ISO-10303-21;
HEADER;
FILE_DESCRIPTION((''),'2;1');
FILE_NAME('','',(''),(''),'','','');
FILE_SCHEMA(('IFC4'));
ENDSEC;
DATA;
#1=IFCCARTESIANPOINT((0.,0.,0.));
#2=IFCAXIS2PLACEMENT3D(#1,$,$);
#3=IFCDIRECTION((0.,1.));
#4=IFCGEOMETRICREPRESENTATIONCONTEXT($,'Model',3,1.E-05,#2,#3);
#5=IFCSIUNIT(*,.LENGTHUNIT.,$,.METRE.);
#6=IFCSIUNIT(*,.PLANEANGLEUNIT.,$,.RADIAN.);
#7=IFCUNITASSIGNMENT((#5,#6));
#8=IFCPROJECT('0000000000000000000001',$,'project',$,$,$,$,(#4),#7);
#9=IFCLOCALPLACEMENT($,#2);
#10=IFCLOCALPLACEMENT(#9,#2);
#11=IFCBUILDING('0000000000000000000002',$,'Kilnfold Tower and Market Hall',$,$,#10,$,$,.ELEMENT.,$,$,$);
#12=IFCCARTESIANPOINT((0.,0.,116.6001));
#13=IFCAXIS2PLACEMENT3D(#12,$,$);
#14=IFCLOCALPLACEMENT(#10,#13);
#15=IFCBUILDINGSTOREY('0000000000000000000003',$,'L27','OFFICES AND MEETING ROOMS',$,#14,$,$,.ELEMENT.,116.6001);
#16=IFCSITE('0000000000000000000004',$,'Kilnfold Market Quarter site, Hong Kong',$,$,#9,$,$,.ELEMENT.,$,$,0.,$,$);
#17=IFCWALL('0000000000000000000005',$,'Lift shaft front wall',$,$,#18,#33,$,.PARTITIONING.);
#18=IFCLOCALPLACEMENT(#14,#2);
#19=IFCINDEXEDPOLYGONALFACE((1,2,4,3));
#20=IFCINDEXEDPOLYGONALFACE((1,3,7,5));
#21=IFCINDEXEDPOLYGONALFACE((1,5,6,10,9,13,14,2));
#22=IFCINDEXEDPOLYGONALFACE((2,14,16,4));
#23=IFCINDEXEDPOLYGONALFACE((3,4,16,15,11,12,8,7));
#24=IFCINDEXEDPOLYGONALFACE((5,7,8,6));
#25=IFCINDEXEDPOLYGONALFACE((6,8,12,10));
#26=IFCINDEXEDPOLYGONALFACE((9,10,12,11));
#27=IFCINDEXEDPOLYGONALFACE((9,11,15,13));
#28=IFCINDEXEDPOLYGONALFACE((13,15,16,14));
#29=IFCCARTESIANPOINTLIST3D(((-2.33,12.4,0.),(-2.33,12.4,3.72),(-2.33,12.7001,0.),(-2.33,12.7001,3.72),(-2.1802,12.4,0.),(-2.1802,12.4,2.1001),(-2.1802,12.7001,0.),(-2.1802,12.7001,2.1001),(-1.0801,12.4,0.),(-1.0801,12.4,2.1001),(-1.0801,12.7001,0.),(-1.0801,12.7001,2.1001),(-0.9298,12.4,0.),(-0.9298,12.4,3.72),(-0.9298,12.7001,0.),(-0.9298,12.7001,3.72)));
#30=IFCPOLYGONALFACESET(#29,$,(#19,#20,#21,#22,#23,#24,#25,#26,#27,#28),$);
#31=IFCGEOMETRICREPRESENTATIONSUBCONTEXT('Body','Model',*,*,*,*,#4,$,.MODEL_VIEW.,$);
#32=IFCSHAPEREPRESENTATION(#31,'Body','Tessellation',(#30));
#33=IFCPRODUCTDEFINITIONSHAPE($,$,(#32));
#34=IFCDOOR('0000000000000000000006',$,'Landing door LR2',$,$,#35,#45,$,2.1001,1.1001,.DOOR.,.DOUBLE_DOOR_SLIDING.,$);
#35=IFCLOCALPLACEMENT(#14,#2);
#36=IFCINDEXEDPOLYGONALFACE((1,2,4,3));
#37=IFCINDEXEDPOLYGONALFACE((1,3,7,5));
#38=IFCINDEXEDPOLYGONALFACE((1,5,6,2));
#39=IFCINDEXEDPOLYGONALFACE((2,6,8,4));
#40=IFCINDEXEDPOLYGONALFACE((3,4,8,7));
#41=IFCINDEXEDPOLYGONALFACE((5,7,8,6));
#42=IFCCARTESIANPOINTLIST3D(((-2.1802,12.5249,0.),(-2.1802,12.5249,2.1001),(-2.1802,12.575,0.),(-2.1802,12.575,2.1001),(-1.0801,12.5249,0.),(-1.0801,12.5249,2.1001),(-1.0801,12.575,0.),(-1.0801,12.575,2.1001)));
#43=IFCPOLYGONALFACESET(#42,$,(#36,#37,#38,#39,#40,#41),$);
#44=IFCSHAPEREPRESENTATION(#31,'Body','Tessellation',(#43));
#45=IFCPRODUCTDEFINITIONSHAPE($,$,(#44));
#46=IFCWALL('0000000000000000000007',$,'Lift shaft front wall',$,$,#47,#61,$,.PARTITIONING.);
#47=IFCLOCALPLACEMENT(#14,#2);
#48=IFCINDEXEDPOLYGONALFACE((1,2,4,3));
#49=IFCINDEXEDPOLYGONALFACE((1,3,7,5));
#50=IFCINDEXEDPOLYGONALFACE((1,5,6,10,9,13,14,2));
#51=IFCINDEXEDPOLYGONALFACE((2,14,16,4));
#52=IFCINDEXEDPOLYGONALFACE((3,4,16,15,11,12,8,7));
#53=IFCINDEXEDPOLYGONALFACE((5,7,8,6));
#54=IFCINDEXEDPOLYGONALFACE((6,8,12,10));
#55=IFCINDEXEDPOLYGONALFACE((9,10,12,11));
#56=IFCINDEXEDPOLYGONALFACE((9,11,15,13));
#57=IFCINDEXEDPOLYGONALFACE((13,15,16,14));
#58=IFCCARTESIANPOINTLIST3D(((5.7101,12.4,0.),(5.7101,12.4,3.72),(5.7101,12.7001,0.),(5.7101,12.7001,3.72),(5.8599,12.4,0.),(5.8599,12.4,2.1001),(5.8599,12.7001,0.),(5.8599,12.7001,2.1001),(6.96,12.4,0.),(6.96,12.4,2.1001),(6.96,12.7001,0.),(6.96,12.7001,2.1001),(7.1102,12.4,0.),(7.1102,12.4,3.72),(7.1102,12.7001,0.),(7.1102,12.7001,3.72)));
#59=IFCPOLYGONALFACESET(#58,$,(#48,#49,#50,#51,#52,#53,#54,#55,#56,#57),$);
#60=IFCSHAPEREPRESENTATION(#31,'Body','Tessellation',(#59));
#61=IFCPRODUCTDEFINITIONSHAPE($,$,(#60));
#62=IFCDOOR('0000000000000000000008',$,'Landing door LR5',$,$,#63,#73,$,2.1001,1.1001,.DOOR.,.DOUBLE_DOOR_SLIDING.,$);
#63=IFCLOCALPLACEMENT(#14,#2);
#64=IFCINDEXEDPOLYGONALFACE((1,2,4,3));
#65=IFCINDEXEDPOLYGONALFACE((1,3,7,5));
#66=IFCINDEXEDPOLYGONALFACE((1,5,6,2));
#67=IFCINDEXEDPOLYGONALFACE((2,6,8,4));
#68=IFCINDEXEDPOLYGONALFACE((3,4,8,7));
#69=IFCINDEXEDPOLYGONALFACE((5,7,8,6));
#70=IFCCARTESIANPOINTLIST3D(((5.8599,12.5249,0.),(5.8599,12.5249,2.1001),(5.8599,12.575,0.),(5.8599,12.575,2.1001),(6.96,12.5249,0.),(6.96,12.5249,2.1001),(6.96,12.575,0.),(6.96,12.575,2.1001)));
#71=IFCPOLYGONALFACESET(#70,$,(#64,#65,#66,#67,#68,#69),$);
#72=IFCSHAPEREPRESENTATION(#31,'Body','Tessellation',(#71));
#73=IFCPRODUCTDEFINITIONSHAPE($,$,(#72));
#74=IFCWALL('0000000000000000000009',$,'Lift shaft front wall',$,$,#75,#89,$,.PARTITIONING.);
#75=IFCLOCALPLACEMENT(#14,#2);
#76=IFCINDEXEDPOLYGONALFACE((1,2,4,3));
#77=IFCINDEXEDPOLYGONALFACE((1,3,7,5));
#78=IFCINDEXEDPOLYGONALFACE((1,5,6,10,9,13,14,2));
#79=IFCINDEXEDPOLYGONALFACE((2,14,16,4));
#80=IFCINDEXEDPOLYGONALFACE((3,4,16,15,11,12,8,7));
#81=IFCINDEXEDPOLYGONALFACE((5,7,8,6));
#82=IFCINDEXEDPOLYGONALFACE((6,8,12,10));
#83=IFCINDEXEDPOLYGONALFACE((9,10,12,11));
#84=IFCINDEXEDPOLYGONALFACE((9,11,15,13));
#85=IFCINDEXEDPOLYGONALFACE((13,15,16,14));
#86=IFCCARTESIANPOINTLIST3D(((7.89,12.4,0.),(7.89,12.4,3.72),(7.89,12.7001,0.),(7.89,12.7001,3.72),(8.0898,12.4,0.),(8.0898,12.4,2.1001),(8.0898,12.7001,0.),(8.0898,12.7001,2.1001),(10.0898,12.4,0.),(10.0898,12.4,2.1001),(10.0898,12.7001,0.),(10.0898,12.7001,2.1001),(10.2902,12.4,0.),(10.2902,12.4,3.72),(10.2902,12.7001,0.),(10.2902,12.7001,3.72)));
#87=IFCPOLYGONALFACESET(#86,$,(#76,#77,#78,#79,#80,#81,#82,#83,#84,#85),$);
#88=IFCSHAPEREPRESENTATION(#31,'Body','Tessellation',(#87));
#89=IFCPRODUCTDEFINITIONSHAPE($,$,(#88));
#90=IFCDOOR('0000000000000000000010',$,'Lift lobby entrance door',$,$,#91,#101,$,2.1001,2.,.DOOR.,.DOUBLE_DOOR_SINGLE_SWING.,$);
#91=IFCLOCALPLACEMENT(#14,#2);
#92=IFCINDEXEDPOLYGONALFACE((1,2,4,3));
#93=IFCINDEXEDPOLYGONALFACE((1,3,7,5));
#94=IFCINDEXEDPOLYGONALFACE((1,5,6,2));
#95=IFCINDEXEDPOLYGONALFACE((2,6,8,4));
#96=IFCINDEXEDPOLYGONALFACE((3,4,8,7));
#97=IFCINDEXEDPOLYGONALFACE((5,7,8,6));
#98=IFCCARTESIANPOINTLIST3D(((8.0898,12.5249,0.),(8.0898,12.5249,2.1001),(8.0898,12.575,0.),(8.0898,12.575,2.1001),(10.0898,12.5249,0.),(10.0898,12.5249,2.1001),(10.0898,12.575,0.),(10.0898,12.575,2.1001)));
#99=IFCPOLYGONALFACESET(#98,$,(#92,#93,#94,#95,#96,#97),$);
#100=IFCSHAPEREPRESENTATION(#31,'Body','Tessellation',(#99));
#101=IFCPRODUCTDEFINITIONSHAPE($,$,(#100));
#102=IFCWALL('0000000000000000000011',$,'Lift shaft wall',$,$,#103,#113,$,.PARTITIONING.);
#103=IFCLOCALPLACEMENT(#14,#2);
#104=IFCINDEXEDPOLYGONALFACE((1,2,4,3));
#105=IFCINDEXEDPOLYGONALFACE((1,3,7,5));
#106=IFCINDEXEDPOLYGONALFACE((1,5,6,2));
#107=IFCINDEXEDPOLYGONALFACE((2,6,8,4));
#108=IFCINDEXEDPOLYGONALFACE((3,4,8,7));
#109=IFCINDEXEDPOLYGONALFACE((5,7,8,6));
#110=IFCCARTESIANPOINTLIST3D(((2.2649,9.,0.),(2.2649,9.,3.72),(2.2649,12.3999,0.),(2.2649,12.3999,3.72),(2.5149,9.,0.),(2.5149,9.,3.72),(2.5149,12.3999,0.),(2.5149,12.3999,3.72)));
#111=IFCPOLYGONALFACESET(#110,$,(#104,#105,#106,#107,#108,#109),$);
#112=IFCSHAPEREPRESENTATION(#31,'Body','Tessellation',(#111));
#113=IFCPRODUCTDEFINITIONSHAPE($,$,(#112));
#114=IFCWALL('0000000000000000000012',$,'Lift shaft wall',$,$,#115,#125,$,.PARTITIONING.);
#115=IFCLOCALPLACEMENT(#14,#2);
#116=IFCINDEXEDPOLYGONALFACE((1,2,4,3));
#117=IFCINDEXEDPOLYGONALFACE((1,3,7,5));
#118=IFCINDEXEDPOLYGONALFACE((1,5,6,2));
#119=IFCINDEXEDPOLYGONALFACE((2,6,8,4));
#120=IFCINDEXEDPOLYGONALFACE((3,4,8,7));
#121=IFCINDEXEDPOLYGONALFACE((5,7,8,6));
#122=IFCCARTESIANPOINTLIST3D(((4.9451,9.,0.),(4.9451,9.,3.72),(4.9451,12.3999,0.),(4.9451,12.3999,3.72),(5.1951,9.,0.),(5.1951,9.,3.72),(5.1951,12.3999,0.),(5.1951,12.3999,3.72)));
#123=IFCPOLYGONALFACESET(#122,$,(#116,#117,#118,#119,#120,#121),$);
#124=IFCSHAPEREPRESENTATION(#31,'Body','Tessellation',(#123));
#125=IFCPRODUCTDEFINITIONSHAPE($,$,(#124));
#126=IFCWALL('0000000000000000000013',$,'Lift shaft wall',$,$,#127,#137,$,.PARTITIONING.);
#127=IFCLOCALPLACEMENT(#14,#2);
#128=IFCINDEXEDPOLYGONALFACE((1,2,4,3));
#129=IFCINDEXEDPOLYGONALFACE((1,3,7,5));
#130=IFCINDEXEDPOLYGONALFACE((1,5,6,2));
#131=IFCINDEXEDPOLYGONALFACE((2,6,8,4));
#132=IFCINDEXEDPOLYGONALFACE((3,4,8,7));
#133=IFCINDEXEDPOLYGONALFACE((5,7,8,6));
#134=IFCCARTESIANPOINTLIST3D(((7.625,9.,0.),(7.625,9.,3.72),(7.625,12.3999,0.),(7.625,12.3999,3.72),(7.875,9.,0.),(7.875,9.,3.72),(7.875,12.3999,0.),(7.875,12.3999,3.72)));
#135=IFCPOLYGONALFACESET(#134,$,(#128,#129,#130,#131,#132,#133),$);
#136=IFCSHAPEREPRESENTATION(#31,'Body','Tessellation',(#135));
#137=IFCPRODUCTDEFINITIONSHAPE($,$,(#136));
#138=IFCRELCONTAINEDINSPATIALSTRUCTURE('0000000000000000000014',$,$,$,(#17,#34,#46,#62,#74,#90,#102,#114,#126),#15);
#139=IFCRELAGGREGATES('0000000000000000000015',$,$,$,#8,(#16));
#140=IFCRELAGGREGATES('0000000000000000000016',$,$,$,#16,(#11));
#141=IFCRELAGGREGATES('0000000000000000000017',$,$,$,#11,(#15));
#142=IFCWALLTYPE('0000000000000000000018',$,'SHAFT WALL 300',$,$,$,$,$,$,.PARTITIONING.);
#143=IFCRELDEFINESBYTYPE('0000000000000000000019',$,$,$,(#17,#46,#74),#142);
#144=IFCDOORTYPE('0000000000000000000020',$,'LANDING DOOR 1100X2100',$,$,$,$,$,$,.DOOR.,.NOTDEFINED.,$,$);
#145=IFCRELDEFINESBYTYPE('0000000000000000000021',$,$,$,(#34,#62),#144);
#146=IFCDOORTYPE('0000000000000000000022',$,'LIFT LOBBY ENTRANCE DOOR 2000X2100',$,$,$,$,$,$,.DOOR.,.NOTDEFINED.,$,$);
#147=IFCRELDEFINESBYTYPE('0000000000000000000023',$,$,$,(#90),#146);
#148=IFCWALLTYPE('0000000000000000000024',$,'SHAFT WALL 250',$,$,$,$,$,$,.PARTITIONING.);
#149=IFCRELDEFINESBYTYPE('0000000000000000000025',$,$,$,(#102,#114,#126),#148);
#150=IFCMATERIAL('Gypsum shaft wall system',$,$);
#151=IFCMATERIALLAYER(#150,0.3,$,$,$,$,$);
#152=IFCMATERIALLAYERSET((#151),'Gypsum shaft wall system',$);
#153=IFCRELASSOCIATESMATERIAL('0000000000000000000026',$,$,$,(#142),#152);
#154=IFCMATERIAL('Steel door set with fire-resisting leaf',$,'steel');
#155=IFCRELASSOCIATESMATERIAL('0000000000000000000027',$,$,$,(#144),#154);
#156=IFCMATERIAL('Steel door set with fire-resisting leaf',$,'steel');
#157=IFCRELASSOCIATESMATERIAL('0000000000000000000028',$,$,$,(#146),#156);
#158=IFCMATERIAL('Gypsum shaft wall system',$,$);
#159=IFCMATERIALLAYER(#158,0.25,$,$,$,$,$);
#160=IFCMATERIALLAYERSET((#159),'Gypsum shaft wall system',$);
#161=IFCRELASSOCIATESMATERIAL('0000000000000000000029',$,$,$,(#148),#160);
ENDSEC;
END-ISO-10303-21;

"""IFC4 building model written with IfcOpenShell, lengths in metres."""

from ifc_helpers import new_model, si_unit, direction, frame, frame_2d, origin, place, context, subcontext, project, spatial, rectangle, extrude, source, transform, mapped, material, layer, layer_set, type_object, element, fill, save


model = new_model("IFC4")

# Units and contexts
model_context = context("Model", 3, precision=1e-05, world=origin(), true_north=direction((0.0, 1.0)))
body_context = subcontext(model_context, "Body", "Model", "MODEL_VIEW")
ifc_project = project(units=[si_unit("LENGTHUNIT", "METRE"), si_unit("PLANEANGLEUNIT", "RADIAN")], contexts=[model_context])

# Site, building, storey
site_placement = place(None, origin())
site = spatial("IfcSite", under=ifc_project, at=site_placement, Name="Kilnfold Market Quarter site, Hong Kong", CompositionType="ELEMENT", RefElevation=0.0)
building_placement = place(site_placement, origin())
building = spatial("IfcBuilding", under=site, at=building_placement, Name="Kilnfold Tower and Market Hall", CompositionType="ELEMENT")
storey_placement = place(building_placement, frame((0.0, 0.0, 116.6001)))
storey = spatial("IfcBuildingStorey", under=building, at=storey_placement, Name="L27", Description="OFFICES AND MEETING ROOMS", CompositionType="ELEMENT", Elevation=116.6001)

# Shared definitions
ifc_material_1 = material(Name="Gypsum shaft wall system")
ifc_layer_1 = layer(ifc_material_1, 0.3)
ifc_layer_set_1 = layer_set([ifc_layer_1], Name="Gypsum shaft wall system")
wall_type_1 = type_object("IfcWallType", Name="SHAFT WALL 300", PredefinedType="PARTITIONING", material=ifc_layer_set_1)
ifc_material_2 = material(Name="Steel door set with fire-resisting leaf", Category="steel")
door_type_1 = type_object("IfcDoorType", Name="LANDING DOOR 1100X2100", OperationType="NOTDEFINED", PredefinedType="DOOR", material=ifc_material_2)

# Walls, openings, doors
shared_shape_1 = source(origin(), body_context, "Body", "SweptSolid", [
    extrude(rectangle(XDim=1.4001, YDim=0.3, at=frame_2d((0.7002, 0.0))), origin(), (0.0, 0.0, 1.0), 3.72),
])
wall_1_placement = place(storey_placement, frame((-2.3301, 12.55, 0.0), z_axis=(0.0, 0.0, 1.0), x_axis=(1.0, 0.0, 0.0)))
wall_1 = element("IfcWall", 1, at=wall_1_placement, inside=storey, type_object=wall_type_1, Name="Lift shaft front wall", PredefinedType="PARTITIONING", context=body_context, shape_type="MappedRepresentation", body=[
    mapped(shared_shape_1, transform((0.0, 0.0, 0.0))),
])
opening_1_placement = place(wall_1_placement, frame((0.1499, 0.0, 0.0)))
opening_1 = element("IfcOpeningElement", 2, at=opening_1_placement, cuts=wall_1, PredefinedType="OPENING", context=body_context, shape_type="SweptSolid", body=[
    extrude(rectangle(XDim=1.1001, YDim=2.1001, at=frame_2d((0.55, 1.05))), frame((0.0, 0.1602, 0.0), z_axis=(0.0, -1.0, 0.0), x_axis=(1.0, 0.0, 0.0)), (0.0, 0.0, 1.0), 0.3201),
])
door_1_placement = place(opening_1_placement, origin())
door_1 = element("IfcDoor", 3, at=door_1_placement, inside=storey, type_object=door_type_1, Name="Landing door LR2", OperationType="DOUBLE_DOOR_SLIDING", OverallHeight=2.1001, OverallWidth=1.1001, PredefinedType="DOOR", context=body_context, shape_type="SweptSolid", body=[
    extrude(rectangle(XDim=1.1001, YDim=2.1001, at=frame_2d((0.55, 1.05))), frame((0.0, 0.0249, 0.0), z_axis=(0.0, -1.0, 0.0), x_axis=(1.0, 0.0, 0.0)), (0.0, 0.0, 1.0), 0.05),
])
fill(opening_1, door_1)
wall_2_placement = place(storey_placement, frame((5.71, 12.55, 0.0), z_axis=(0.0, 0.0, 1.0), x_axis=(1.0, 0.0, 0.0)))
wall_2 = element("IfcWall", 4, at=wall_2_placement, inside=storey, type_object=wall_type_1, Name="Lift shaft front wall", PredefinedType="PARTITIONING", context=body_context, shape_type="MappedRepresentation", body=[
    mapped(shared_shape_1, transform((0.0, 0.0, 0.0))),
])
opening_2_placement = place(wall_2_placement, frame((0.1499, 0.0, 0.0)))
opening_2 = element("IfcOpeningElement", 5, at=opening_2_placement, cuts=wall_2, PredefinedType="OPENING", context=body_context, shape_type="SweptSolid", body=[
    extrude(rectangle(XDim=1.1001, YDim=2.1001, at=frame_2d((0.55, 1.05))), frame((0.0, 0.1602, 0.0), z_axis=(0.0, -1.0, 0.0), x_axis=(1.0, 0.0, 0.0)), (0.0, 0.0, 1.0), 0.3201),
])
door_2_placement = place(opening_2_placement, origin())
door_2 = element("IfcDoor", 6, at=door_2_placement, inside=storey, type_object=door_type_1, Name="Landing door LR5", OperationType="DOUBLE_DOOR_SLIDING", OverallHeight=2.1001, OverallWidth=1.1001, PredefinedType="DOOR", context=body_context, shape_type="SweptSolid", body=[
    extrude(rectangle(XDim=1.1001, YDim=2.1001, at=frame_2d((0.55, 1.05))), frame((0.0, 0.0249, 0.0), z_axis=(0.0, -1.0, 0.0), x_axis=(1.0, 0.0, 0.0)), (0.0, 0.0, 1.0), 0.05),
])
fill(opening_2, door_2)
shared_shape_2 = source(origin(), body_context, "Body", "SweptSolid", [
    extrude(rectangle(XDim=2.4001, YDim=0.3, at=frame_2d((1.2002, 0.0))), origin(), (0.0, 0.0, 1.0), 3.72),
])
wall_3_placement = place(storey_placement, frame((7.8899, 12.55, 0.0), z_axis=(0.0, 0.0, 1.0), x_axis=(1.0, 0.0, 0.0)))
wall_3 = element("IfcWall", 7, at=wall_3_placement, inside=storey, type_object=wall_type_1, Name="Lift shaft front wall", PredefinedType="PARTITIONING", context=body_context, shape_type="MappedRepresentation", body=[
    mapped(shared_shape_2, transform((0.0, 0.0, 0.0))),
])
opening_3_placement = place(wall_3_placement, frame((0.2, 0.0, 0.0)))
opening_3 = element("IfcOpeningElement", 8, at=opening_3_placement, cuts=wall_3, PredefinedType="OPENING", context=body_context, shape_type="SweptSolid", body=[
    extrude(rectangle(XDim=2.0, YDim=2.1001, at=frame_2d((1.0, 1.05))), frame((0.0, 0.1602, 0.0), z_axis=(0.0, -1.0, 0.0), x_axis=(1.0, 0.0, 0.0)), (0.0, 0.0, 1.0), 0.3201),
])
ifc_material_3 = material(Name="Steel door set with fire-resisting leaf", Category="steel")
door_type_2 = type_object("IfcDoorType", Name="LIFT LOBBY ENTRANCE DOOR 2000X2100", OperationType="NOTDEFINED", PredefinedType="DOOR", material=ifc_material_3)
door_3_placement = place(opening_3_placement, origin())
door_3 = element("IfcDoor", 9, at=door_3_placement, inside=storey, type_object=door_type_2, Name="Lift lobby entrance door", OperationType="DOUBLE_DOOR_SINGLE_SWING", OverallHeight=2.1001, OverallWidth=2.0, PredefinedType="DOOR", context=body_context, shape_type="SweptSolid", body=[
    extrude(rectangle(XDim=2.0, YDim=2.1001, at=frame_2d((1.0, 1.05))), frame((0.0, 0.0249, 0.0), z_axis=(0.0, -1.0, 0.0), x_axis=(1.0, 0.0, 0.0)), (0.0, 0.0, 1.0), 0.05),
])
fill(opening_3, door_3)

# Walls
ifc_material_4 = material(Name="Gypsum shaft wall system")
ifc_layer_2 = layer(ifc_material_4, 0.25)
ifc_layer_set_2 = layer_set([ifc_layer_2], Name="Gypsum shaft wall system")
wall_type_2 = type_object("IfcWallType", Name="SHAFT WALL 250", PredefinedType="PARTITIONING", material=ifc_layer_set_2)
shared_shape_3 = source(origin(), body_context, "Body", "SweptSolid", [
    extrude(rectangle(XDim=3.3999, YDim=0.25, at=frame_2d((1.7, 0.0))), origin(), (0.0, 0.0, 1.0), 3.72),
])
for number, where, z_axis, x_axis, name in (
    (10, (2.3899, 9.0, 0.0), (0.0, 0.0, 1.0), (0.0, 1.0, 0.0), "Lift shaft wall"),
    (11, (5.0701, 9.0, 0.0), (0.0, 0.0, 1.0), (0.0, 1.0, 0.0), "Lift shaft wall"),
    (12, (7.75, 9.0, 0.0), (0.0, 0.0, 1.0), (0.0, 1.0, 0.0), "Lift shaft wall"),
):
    element("IfcWall", number, at=place(storey_placement, frame(where, z_axis=z_axis, x_axis=x_axis)), inside=storey, type_object=wall_type_2, Name=name, PredefinedType="PARTITIONING", context=body_context, shape_type="MappedRepresentation", body=[
        mapped(shared_shape_3, transform((0.0, 0.0, 0.0))),
    ])

save(model, "model.ifc")
